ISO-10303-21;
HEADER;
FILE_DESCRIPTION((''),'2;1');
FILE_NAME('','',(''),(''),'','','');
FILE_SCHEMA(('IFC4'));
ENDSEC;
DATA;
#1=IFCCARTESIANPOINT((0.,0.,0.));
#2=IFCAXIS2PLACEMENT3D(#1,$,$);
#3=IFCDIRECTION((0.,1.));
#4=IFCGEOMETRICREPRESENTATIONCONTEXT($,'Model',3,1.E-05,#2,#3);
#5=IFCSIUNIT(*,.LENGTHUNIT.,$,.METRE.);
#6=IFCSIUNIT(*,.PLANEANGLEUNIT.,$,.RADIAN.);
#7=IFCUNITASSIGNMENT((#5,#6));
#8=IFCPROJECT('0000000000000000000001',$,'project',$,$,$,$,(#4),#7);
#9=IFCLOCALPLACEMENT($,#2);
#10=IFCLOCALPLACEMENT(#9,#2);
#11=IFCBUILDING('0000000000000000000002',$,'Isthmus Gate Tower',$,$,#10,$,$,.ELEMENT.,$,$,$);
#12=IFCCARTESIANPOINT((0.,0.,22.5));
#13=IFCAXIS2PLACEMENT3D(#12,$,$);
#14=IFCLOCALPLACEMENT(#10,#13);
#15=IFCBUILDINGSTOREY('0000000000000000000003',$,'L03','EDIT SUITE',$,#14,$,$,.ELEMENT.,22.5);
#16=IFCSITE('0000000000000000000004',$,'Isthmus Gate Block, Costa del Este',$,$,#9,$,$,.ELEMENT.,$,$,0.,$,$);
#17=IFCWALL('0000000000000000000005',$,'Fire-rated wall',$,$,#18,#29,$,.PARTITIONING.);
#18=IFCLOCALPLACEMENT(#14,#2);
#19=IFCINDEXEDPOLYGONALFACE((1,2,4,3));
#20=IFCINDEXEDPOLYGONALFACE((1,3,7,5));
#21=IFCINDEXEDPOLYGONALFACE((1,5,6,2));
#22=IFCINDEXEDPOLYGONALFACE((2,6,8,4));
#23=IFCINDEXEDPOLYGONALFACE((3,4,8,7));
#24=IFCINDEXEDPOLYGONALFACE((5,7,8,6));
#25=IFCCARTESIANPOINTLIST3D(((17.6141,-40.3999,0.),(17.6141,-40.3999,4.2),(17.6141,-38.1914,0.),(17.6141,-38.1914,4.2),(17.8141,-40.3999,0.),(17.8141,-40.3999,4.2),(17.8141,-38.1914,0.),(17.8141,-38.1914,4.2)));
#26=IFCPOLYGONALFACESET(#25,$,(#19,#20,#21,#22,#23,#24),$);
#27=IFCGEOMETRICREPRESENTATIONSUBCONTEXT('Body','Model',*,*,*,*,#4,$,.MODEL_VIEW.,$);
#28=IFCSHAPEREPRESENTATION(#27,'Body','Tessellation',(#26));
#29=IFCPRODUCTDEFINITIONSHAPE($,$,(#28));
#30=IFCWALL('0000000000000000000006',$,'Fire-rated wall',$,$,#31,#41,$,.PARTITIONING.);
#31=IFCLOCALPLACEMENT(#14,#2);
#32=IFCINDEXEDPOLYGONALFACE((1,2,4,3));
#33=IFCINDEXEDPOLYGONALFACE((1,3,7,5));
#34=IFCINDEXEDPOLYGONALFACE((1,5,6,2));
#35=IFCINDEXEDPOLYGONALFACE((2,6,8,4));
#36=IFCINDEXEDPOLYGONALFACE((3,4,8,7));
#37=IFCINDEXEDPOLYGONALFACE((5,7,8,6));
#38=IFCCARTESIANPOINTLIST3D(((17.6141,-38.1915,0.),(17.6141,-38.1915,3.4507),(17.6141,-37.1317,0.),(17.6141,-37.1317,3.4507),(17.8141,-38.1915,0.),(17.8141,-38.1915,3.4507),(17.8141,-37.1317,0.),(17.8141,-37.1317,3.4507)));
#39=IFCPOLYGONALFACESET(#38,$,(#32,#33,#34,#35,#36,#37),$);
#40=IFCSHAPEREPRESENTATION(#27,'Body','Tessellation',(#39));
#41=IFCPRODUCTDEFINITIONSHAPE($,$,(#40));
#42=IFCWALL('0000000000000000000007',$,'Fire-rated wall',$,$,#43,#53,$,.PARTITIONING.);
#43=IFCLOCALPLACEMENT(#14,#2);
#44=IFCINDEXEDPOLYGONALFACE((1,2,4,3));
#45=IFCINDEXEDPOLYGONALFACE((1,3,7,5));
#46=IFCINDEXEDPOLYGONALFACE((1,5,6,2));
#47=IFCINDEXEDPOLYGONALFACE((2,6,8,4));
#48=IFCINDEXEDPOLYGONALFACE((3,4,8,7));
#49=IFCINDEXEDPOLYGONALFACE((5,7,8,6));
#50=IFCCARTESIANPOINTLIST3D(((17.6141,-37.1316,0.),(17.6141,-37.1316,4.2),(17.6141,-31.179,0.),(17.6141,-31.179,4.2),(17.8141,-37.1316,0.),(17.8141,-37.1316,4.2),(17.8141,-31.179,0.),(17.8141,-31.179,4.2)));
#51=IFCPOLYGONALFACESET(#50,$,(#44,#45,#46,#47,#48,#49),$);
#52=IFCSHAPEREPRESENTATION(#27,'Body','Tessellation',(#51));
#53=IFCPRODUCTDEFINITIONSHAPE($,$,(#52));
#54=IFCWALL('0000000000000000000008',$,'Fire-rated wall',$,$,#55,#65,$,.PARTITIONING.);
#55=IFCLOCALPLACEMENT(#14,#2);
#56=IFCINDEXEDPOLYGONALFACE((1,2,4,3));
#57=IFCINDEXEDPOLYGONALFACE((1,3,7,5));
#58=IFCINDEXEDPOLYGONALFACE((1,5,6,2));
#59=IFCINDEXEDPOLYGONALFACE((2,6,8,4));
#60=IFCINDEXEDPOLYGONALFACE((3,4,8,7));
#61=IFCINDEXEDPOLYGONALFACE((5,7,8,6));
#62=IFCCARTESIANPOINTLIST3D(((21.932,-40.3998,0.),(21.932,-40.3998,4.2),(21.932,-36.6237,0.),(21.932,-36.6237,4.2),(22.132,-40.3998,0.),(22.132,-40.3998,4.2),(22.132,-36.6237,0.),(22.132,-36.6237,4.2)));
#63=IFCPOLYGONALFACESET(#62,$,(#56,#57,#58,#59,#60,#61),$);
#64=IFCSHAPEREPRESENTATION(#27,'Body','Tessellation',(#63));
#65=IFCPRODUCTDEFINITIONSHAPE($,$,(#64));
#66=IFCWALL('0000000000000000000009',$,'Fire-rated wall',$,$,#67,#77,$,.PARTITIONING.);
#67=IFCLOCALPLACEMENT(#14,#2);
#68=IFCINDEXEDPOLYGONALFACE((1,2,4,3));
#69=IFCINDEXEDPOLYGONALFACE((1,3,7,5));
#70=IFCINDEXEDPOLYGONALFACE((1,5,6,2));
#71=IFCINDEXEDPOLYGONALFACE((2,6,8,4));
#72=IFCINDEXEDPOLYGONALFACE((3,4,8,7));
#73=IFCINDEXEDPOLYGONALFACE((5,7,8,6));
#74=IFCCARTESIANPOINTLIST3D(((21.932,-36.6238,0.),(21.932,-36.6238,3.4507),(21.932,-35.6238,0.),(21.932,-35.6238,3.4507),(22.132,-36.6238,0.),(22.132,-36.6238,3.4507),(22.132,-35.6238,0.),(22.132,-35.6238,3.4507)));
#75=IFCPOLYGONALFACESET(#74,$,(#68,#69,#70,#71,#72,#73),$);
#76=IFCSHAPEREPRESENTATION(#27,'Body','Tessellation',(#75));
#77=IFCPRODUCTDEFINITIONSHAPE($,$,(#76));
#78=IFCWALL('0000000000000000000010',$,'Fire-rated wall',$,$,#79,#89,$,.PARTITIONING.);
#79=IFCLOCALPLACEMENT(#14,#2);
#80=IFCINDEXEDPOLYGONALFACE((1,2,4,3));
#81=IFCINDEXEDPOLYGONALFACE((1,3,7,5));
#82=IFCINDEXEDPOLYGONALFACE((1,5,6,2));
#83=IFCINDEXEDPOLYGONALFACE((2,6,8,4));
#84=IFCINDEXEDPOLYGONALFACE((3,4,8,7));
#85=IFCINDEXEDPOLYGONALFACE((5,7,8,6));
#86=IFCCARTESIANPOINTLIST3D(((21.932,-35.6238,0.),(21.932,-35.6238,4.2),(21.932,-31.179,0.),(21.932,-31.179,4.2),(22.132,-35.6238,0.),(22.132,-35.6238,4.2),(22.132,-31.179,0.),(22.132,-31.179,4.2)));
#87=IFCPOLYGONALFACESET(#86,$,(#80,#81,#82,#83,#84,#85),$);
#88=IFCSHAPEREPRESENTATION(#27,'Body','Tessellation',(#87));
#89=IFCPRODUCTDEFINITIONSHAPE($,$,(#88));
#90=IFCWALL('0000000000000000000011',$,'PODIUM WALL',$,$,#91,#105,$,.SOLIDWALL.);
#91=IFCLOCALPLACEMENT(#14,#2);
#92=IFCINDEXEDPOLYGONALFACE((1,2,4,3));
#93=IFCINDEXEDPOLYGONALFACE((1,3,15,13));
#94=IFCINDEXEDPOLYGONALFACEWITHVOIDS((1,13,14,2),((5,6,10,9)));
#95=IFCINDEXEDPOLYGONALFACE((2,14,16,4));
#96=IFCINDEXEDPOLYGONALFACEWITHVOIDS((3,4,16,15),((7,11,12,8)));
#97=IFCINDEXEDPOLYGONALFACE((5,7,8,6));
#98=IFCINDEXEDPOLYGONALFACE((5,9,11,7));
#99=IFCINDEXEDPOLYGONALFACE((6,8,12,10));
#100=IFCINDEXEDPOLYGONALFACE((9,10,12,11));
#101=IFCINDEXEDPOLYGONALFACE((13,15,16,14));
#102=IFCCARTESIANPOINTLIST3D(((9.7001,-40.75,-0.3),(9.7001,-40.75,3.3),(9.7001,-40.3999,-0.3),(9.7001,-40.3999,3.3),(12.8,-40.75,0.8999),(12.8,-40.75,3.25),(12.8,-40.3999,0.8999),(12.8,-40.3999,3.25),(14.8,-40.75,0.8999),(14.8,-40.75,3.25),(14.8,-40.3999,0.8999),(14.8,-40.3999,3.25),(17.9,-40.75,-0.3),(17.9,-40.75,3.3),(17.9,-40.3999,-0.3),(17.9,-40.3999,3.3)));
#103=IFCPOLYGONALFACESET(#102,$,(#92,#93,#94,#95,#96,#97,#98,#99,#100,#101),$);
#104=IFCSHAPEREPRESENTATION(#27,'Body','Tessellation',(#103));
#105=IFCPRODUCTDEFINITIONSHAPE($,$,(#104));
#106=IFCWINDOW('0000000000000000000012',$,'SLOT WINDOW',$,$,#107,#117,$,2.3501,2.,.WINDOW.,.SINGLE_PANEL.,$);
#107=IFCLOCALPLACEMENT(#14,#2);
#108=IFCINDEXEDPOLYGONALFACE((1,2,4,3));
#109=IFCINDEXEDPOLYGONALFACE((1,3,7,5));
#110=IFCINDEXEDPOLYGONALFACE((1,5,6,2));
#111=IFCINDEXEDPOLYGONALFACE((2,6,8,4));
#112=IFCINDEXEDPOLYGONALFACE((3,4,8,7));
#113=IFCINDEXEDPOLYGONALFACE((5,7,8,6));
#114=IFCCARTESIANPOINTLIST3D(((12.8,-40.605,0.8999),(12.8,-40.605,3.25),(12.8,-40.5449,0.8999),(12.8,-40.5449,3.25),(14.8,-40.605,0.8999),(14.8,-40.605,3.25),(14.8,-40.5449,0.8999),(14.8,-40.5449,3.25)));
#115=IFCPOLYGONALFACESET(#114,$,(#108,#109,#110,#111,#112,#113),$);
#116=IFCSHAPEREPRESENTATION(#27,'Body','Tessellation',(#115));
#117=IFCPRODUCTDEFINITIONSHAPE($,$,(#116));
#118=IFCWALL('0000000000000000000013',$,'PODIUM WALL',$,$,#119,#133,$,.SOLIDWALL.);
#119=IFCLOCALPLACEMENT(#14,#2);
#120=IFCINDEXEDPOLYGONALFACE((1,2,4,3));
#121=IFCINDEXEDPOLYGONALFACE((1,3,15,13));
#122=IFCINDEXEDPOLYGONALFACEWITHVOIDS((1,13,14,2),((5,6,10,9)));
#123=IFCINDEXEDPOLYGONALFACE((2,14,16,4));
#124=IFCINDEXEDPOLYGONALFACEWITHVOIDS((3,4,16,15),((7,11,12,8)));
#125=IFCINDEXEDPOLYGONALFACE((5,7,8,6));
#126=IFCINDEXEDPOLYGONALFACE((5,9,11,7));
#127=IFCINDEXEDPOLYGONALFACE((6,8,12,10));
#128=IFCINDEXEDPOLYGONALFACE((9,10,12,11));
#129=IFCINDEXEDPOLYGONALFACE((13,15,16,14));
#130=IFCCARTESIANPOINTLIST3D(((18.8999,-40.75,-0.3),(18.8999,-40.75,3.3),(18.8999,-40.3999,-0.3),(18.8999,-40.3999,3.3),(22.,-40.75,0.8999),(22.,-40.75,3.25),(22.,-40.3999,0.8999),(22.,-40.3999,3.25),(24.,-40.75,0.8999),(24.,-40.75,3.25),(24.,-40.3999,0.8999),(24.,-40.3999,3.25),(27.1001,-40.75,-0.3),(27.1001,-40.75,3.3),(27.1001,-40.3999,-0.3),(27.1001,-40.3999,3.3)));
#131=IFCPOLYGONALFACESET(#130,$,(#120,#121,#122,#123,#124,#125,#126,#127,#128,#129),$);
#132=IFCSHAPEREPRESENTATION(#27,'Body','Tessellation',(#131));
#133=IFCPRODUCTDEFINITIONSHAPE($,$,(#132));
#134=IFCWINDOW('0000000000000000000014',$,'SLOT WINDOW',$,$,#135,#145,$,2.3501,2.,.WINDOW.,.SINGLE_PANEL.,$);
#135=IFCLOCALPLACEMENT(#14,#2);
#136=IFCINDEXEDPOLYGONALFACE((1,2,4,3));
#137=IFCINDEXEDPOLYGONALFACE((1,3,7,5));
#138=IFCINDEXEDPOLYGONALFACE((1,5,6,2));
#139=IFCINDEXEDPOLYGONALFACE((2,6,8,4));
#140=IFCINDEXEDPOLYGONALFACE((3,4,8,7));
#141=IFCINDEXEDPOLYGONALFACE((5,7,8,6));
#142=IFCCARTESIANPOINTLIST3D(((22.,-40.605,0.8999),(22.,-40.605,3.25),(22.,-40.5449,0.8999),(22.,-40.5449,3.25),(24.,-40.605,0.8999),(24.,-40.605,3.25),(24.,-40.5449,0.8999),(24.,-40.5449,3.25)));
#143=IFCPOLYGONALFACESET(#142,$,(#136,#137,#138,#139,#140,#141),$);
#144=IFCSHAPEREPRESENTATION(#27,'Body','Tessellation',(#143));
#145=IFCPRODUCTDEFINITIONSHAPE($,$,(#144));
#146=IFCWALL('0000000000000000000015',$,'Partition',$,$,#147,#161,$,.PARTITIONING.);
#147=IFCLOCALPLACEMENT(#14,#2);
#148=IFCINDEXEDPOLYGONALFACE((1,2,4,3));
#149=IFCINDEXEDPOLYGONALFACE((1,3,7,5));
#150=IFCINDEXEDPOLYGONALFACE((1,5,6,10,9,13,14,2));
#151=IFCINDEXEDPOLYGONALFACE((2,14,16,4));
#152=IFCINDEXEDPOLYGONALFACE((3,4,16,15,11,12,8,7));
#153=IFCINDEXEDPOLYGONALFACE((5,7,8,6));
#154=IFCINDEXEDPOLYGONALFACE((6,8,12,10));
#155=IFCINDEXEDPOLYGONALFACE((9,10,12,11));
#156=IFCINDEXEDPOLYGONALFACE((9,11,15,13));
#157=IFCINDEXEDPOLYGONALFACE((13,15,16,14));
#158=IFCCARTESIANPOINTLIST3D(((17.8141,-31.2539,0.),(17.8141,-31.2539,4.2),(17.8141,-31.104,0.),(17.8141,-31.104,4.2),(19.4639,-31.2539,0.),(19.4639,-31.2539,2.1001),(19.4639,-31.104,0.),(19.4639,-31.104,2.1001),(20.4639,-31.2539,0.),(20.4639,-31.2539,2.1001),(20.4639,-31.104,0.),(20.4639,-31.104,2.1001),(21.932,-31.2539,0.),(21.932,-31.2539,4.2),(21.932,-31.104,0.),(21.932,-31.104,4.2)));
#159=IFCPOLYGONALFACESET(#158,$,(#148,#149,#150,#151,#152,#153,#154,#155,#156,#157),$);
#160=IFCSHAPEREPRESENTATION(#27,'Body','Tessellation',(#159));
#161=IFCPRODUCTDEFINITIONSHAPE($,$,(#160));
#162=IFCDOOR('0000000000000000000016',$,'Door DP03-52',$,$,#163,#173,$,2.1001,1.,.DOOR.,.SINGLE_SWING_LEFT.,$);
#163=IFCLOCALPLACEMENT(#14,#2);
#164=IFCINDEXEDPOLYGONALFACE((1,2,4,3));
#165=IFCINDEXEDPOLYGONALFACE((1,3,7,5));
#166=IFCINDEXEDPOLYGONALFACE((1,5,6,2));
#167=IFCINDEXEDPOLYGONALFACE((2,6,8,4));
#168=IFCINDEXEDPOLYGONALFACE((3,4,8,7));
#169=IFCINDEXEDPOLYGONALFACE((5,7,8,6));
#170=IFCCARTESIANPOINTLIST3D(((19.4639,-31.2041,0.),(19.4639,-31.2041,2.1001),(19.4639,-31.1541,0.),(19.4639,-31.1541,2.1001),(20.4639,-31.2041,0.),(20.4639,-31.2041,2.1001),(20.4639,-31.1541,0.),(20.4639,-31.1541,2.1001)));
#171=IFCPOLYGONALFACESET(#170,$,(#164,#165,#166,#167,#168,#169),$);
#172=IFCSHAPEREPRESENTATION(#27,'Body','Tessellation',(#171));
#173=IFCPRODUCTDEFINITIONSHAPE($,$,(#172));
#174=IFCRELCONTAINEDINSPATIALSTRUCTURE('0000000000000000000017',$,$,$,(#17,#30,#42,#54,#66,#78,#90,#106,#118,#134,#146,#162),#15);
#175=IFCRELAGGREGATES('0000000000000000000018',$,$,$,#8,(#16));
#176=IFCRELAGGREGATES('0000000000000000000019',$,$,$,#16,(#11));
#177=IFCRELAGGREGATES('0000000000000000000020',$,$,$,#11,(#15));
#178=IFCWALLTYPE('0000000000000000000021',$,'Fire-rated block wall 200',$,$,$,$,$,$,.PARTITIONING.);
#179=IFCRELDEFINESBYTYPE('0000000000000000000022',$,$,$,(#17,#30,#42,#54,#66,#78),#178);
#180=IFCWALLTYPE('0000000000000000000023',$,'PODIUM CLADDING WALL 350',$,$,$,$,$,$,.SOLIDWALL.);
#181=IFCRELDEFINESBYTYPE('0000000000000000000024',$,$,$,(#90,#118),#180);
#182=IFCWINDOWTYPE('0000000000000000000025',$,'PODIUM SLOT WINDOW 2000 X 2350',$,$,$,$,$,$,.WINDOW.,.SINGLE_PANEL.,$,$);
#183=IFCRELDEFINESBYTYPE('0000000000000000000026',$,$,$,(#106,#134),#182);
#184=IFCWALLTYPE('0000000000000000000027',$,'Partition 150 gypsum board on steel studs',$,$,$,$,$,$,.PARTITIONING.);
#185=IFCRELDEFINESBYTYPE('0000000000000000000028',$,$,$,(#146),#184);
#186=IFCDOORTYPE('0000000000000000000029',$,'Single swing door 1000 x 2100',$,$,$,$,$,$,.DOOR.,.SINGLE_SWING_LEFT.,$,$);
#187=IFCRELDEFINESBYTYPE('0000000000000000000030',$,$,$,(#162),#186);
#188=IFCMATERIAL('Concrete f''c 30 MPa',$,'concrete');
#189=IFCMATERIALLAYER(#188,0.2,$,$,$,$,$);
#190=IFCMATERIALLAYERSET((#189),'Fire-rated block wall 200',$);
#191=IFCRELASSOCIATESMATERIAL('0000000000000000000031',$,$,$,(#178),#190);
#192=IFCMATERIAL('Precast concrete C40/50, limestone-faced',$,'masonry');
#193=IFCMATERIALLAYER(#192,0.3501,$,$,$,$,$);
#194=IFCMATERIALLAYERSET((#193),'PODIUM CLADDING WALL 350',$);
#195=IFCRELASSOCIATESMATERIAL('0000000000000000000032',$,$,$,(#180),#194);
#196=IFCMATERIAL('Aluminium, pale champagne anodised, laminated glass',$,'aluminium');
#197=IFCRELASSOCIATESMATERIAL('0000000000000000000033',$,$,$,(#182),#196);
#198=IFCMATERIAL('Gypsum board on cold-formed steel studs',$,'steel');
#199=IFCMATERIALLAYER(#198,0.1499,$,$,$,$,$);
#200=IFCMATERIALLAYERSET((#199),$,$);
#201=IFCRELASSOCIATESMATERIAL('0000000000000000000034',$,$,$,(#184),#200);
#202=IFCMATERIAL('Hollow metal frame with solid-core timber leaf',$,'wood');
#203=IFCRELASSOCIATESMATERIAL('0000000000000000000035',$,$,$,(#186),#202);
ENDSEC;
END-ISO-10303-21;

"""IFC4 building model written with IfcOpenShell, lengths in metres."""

from ifc_helpers import new_model, si_unit, direction, frame, frame_2d, origin, place, context, subcontext, project, spatial, rectangle, extrude, material, layer, layer_set, type_object, element, fill, save


model = new_model("IFC4")

# Units and contexts
model_context = context("Model", 3, precision=1e-05, world=origin(), true_north=direction((0.0, 1.0)))
body_context = subcontext(model_context, "Body", "Model", "MODEL_VIEW")
ifc_project = project(units=[si_unit("LENGTHUNIT", "METRE"), si_unit("PLANEANGLEUNIT", "RADIAN")], contexts=[model_context])

# Site, building, storey
site_placement = place(None, origin())
site = spatial("IfcSite", under=ifc_project, at=site_placement, Name="Isthmus Gate Block, Costa del Este", CompositionType="ELEMENT", RefElevation=0.0)
building_placement = place(site_placement, origin())
building = spatial("IfcBuilding", under=site, at=building_placement, Name="Isthmus Gate Tower", CompositionType="ELEMENT")
storey_placement = place(building_placement, frame((0.0, 0.0, 22.5)))
storey = spatial("IfcBuildingStorey", under=building, at=storey_placement, Name="L03", Description="EDIT SUITE", CompositionType="ELEMENT", Elevation=22.5)

# Shared definitions
ifc_material_1 = material(Name="Concrete f'c 30 MPa", Category="concrete")
ifc_layer_1 = layer(ifc_material_1, 0.2)
ifc_layer_set_1 = layer_set([ifc_layer_1], Name="Fire-rated block wall 200")
wall_type_1 = type_object("IfcWallType", Name="Fire-rated block wall 200", PredefinedType="PARTITIONING", material=ifc_layer_set_1)

# Walls
wall_1_placement = place(storey_placement, frame((17.7141, -40.3999, 0.0), z_axis=(0.0, 0.0, 1.0), x_axis=(0.0, 1.0, 0.0)))
element("IfcWall", 1, at=wall_1_placement, inside=storey, type_object=wall_type_1, Name="Fire-rated wall", PredefinedType="PARTITIONING", context=body_context, shape_type="SweptSolid", body=[
    extrude(rectangle(XDim=2.2085, YDim=0.2, at=frame_2d((1.1042, 0.0))), origin(), (0.0, 0.0, 1.0), 4.2),
])
wall_2_placement = place(storey_placement, frame((17.7141, -38.1914, 0.0), z_axis=(0.0, 0.0, 1.0), x_axis=(0.0, 1.0, 0.0)))
element("IfcWall", 2, at=wall_2_placement, inside=storey, type_object=wall_type_1, Name="Fire-rated wall", PredefinedType="PARTITIONING", context=body_context, shape_type="SweptSolid", body=[
    extrude(rectangle(XDim=1.0598, YDim=0.2, at=frame_2d((0.5298, 0.0))), origin(), (0.0, 0.0, 1.0), 3.4507),
])
wall_3_placement = place(storey_placement, frame((17.7141, -37.1316, 0.0), z_axis=(0.0, 0.0, 1.0), x_axis=(0.0, 1.0, 0.0)))
element("IfcWall", 3, at=wall_3_placement, inside=storey, type_object=wall_type_1, Name="Fire-rated wall", PredefinedType="PARTITIONING", context=body_context, shape_type="SweptSolid", body=[
    extrude(rectangle(XDim=5.9526, YDim=0.2, at=frame_2d((2.9763, 0.0))), origin(), (0.0, 0.0, 1.0), 4.2),
])
wall_4_placement = place(storey_placement, frame((22.032, -40.3999, 0.0), z_axis=(0.0, 0.0, 1.0), x_axis=(0.0, 1.0, 0.0)))
element("IfcWall", 4, at=wall_4_placement, inside=storey, type_object=wall_type_1, Name="Fire-rated wall", PredefinedType="PARTITIONING", context=body_context, shape_type="SweptSolid", body=[
    extrude(rectangle(XDim=3.7761, YDim=0.2, at=frame_2d((1.8882, 0.0))), origin(), (0.0, 0.0, 1.0), 4.2),
])
wall_5_placement = place(storey_placement, frame((22.032, -36.6238, 0.0), z_axis=(0.0, 0.0, 1.0), x_axis=(0.0, 1.0, 0.0)))
element("IfcWall", 5, at=wall_5_placement, inside=storey, type_object=wall_type_1, Name="Fire-rated wall", PredefinedType="PARTITIONING", context=body_context, shape_type="SweptSolid", body=[
    extrude(rectangle(XDim=1.0, YDim=0.2, at=frame_2d((0.5, 0.0))), origin(), (0.0, 0.0, 1.0), 3.4507),
])
wall_6_placement = place(storey_placement, frame((22.032, -35.6238, 0.0), z_axis=(0.0, 0.0, 1.0), x_axis=(0.0, 1.0, 0.0)))
element("IfcWall", 6, at=wall_6_placement, inside=storey, type_object=wall_type_1, Name="Fire-rated wall", PredefinedType="PARTITIONING", context=body_context, shape_type="SweptSolid", body=[
    extrude(rectangle(XDim=4.4448, YDim=0.2, at=frame_2d((2.2224, 0.0))), origin(), (0.0, 0.0, 1.0), 4.2),
])

# Walls, openings, windows
ifc_material_2 = material(Name="Precast concrete C40/50, limestone-faced", Category="masonry")
ifc_layer_2 = layer(ifc_material_2, 0.3501)
ifc_layer_set_2 = layer_set([ifc_layer_2], Name="PODIUM CLADDING WALL 350")
wall_type_2 = type_object("IfcWallType", Name="PODIUM CLADDING WALL 350", PredefinedType="SOLIDWALL", material=ifc_layer_set_2)
wall_7_placement = place(storey_placement, frame((9.7, -40.575, -0.3), z_axis=(0.0, 0.0, 1.0), x_axis=(1.0, 0.0, 0.0)))
wall_7 = element("IfcWall", 7, at=wall_7_placement, inside=storey, type_object=wall_type_2, Name="PODIUM WALL", PredefinedType="SOLIDWALL", context=body_context, shape_type="SweptSolid", body=[
    extrude(rectangle(XDim=8.2, YDim=0.3501, at=frame_2d((4.1001, 0.0))), origin(), (0.0, 0.0, 1.0), 3.6001),
])
opening_1_placement = place(wall_7_placement, frame((3.1001, 0.0, 1.2)))
opening_1 = element("IfcOpeningElement", 8, at=opening_1_placement, cuts=wall_7, PredefinedType="OPENING", context=body_context, shape_type="SweptSolid", body=[
    extrude(rectangle(XDim=2.0, YDim=2.3501, at=frame_2d((1.0, 1.175))), frame((0.0, 0.1851, 0.0), z_axis=(0.0, -1.0, 0.0), x_axis=(1.0, 0.0, 0.0)), (0.0, 0.0, 1.0), 0.3701),
])
ifc_material_3 = material(Name="Aluminium, pale champagne anodised, laminated glass", Category="aluminium")
window_type = type_object("IfcWindowType", Name="PODIUM SLOT WINDOW 2000 X 2350", PartitioningType="SINGLE_PANEL", PredefinedType="WINDOW", material=ifc_material_3)
window_1_placement = place(opening_1_placement, origin())
window_1 = element("IfcWindow", 9, at=window_1_placement, inside=storey, type_object=window_type, Name="SLOT WINDOW", OverallHeight=2.3501, OverallWidth=2.0, PartitioningType="SINGLE_PANEL", PredefinedType="WINDOW", context=body_context, shape_type="SweptSolid", body=[
    extrude(rectangle(XDim=2.0, YDim=2.3501, at=frame_2d((1.0, 1.175))), frame((0.0, 0.03, 0.0), z_axis=(0.0, -1.0, 0.0), x_axis=(1.0, 0.0, 0.0)), (0.0, 0.0, 1.0), 0.0601),
])
fill(opening_1, window_1)
wall_8_placement = place(storey_placement, frame((18.8999, -40.575, -0.3), z_axis=(0.0, 0.0, 1.0), x_axis=(1.0, 0.0, 0.0)))
wall_8 = element("IfcWall", 10, at=wall_8_placement, inside=storey, type_object=wall_type_2, Name="PODIUM WALL", PredefinedType="SOLIDWALL", context=body_context, shape_type="SweptSolid", body=[
    extrude(rectangle(XDim=8.2002, YDim=0.3501, at=frame_2d((4.1001, 0.0))), origin(), (0.0, 0.0, 1.0), 3.6001),
])
opening_2_placement = place(wall_8_placement, frame((3.1001, 0.0, 1.2)))
opening_2 = element("IfcOpeningElement", 11, at=opening_2_placement, cuts=wall_8, PredefinedType="OPENING", context=body_context, shape_type="SweptSolid", body=[
    extrude(rectangle(XDim=2.0, YDim=2.3501, at=frame_2d((1.0, 1.175))), frame((0.0, 0.1851, 0.0), z_axis=(0.0, -1.0, 0.0), x_axis=(1.0, 0.0, 0.0)), (0.0, 0.0, 1.0), 0.3701),
])
window_2_placement = place(opening_2_placement, origin())
window_2 = element("IfcWindow", 12, at=window_2_placement, inside=storey, type_object=window_type, Name="SLOT WINDOW", OverallHeight=2.3501, OverallWidth=2.0, PartitioningType="SINGLE_PANEL", PredefinedType="WINDOW", context=body_context, shape_type="SweptSolid", body=[
    extrude(rectangle(XDim=2.0, YDim=2.3501, at=frame_2d((1.0, 1.175))), frame((0.0, 0.03, 0.0), z_axis=(0.0, -1.0, 0.0), x_axis=(1.0, 0.0, 0.0)), (0.0, 0.0, 1.0), 0.0601),
])
fill(opening_2, window_2)

# Wall, opening, door
ifc_material_4 = material(Name="Gypsum board on cold-formed steel studs", Category="steel")
ifc_layer_3 = layer(ifc_material_4, 0.1499)
ifc_layer_set_3 = layer_set([ifc_layer_3])
wall_type_3 = type_object("IfcWallType", Name="Partition 150 gypsum board on steel studs", PredefinedType="PARTITIONING", material=ifc_layer_set_3)
wall_9_placement = place(storey_placement, frame((17.814, -31.179, 0.0), z_axis=(0.0, 0.0, 1.0), x_axis=(1.0, 0.0, 0.0)))
wall_9 = element("IfcWall", 13, at=wall_9_placement, inside=storey, type_object=wall_type_3, Name="Partition", PredefinedType="PARTITIONING", context=body_context, shape_type="SweptSolid", body=[
    extrude(rectangle(XDim=4.1179, YDim=0.1499, at=frame_2d((2.0591, 0.0))), origin(), (0.0, 0.0, 1.0), 4.2),
])
opening_3_placement = place(wall_9_placement, frame((1.6499, 0.0, 0.0)))
opening_3 = element("IfcOpeningElement", 14, at=opening_3_placement, cuts=wall_9, PredefinedType="OPENING", context=body_context, shape_type="SweptSolid", body=[
    extrude(rectangle(XDim=1.0, YDim=2.1001, at=frame_2d((0.5, 1.05))), frame((0.0, 0.085, 0.0), z_axis=(0.0, -1.0, 0.0), x_axis=(1.0, 0.0, 0.0)), (0.0, 0.0, 1.0), 0.1699),
])
ifc_material_5 = material(Name="Hollow metal frame with solid-core timber leaf", Category="wood")
door_type_1 = type_object("IfcDoorType", Name="Single swing door 1000 x 2100", OperationType="SINGLE_SWING_LEFT", PredefinedType="DOOR", material=ifc_material_5)
door_1_placement = place(opening_3_placement, origin())
door_1 = element("IfcDoor", 15, at=door_1_placement, inside=storey, type_object=door_type_1, Name="Door DP03-52", OperationType="SINGLE_SWING_LEFT", OverallHeight=2.1001, OverallWidth=1.0, PredefinedType="DOOR", context=body_context, shape_type="SweptSolid", body=[
    extrude(rectangle(XDim=1.0, YDim=2.1001, at=frame_2d((0.5, 1.05))), frame((0.0, 0.0249, 0.0), z_axis=(0.0, -1.0, 0.0), x_axis=(1.0, 0.0, 0.0)), (0.0, 0.0, 1.0), 0.05),
])
fill(opening_3, door_1)

save(model, "model.ifc")
